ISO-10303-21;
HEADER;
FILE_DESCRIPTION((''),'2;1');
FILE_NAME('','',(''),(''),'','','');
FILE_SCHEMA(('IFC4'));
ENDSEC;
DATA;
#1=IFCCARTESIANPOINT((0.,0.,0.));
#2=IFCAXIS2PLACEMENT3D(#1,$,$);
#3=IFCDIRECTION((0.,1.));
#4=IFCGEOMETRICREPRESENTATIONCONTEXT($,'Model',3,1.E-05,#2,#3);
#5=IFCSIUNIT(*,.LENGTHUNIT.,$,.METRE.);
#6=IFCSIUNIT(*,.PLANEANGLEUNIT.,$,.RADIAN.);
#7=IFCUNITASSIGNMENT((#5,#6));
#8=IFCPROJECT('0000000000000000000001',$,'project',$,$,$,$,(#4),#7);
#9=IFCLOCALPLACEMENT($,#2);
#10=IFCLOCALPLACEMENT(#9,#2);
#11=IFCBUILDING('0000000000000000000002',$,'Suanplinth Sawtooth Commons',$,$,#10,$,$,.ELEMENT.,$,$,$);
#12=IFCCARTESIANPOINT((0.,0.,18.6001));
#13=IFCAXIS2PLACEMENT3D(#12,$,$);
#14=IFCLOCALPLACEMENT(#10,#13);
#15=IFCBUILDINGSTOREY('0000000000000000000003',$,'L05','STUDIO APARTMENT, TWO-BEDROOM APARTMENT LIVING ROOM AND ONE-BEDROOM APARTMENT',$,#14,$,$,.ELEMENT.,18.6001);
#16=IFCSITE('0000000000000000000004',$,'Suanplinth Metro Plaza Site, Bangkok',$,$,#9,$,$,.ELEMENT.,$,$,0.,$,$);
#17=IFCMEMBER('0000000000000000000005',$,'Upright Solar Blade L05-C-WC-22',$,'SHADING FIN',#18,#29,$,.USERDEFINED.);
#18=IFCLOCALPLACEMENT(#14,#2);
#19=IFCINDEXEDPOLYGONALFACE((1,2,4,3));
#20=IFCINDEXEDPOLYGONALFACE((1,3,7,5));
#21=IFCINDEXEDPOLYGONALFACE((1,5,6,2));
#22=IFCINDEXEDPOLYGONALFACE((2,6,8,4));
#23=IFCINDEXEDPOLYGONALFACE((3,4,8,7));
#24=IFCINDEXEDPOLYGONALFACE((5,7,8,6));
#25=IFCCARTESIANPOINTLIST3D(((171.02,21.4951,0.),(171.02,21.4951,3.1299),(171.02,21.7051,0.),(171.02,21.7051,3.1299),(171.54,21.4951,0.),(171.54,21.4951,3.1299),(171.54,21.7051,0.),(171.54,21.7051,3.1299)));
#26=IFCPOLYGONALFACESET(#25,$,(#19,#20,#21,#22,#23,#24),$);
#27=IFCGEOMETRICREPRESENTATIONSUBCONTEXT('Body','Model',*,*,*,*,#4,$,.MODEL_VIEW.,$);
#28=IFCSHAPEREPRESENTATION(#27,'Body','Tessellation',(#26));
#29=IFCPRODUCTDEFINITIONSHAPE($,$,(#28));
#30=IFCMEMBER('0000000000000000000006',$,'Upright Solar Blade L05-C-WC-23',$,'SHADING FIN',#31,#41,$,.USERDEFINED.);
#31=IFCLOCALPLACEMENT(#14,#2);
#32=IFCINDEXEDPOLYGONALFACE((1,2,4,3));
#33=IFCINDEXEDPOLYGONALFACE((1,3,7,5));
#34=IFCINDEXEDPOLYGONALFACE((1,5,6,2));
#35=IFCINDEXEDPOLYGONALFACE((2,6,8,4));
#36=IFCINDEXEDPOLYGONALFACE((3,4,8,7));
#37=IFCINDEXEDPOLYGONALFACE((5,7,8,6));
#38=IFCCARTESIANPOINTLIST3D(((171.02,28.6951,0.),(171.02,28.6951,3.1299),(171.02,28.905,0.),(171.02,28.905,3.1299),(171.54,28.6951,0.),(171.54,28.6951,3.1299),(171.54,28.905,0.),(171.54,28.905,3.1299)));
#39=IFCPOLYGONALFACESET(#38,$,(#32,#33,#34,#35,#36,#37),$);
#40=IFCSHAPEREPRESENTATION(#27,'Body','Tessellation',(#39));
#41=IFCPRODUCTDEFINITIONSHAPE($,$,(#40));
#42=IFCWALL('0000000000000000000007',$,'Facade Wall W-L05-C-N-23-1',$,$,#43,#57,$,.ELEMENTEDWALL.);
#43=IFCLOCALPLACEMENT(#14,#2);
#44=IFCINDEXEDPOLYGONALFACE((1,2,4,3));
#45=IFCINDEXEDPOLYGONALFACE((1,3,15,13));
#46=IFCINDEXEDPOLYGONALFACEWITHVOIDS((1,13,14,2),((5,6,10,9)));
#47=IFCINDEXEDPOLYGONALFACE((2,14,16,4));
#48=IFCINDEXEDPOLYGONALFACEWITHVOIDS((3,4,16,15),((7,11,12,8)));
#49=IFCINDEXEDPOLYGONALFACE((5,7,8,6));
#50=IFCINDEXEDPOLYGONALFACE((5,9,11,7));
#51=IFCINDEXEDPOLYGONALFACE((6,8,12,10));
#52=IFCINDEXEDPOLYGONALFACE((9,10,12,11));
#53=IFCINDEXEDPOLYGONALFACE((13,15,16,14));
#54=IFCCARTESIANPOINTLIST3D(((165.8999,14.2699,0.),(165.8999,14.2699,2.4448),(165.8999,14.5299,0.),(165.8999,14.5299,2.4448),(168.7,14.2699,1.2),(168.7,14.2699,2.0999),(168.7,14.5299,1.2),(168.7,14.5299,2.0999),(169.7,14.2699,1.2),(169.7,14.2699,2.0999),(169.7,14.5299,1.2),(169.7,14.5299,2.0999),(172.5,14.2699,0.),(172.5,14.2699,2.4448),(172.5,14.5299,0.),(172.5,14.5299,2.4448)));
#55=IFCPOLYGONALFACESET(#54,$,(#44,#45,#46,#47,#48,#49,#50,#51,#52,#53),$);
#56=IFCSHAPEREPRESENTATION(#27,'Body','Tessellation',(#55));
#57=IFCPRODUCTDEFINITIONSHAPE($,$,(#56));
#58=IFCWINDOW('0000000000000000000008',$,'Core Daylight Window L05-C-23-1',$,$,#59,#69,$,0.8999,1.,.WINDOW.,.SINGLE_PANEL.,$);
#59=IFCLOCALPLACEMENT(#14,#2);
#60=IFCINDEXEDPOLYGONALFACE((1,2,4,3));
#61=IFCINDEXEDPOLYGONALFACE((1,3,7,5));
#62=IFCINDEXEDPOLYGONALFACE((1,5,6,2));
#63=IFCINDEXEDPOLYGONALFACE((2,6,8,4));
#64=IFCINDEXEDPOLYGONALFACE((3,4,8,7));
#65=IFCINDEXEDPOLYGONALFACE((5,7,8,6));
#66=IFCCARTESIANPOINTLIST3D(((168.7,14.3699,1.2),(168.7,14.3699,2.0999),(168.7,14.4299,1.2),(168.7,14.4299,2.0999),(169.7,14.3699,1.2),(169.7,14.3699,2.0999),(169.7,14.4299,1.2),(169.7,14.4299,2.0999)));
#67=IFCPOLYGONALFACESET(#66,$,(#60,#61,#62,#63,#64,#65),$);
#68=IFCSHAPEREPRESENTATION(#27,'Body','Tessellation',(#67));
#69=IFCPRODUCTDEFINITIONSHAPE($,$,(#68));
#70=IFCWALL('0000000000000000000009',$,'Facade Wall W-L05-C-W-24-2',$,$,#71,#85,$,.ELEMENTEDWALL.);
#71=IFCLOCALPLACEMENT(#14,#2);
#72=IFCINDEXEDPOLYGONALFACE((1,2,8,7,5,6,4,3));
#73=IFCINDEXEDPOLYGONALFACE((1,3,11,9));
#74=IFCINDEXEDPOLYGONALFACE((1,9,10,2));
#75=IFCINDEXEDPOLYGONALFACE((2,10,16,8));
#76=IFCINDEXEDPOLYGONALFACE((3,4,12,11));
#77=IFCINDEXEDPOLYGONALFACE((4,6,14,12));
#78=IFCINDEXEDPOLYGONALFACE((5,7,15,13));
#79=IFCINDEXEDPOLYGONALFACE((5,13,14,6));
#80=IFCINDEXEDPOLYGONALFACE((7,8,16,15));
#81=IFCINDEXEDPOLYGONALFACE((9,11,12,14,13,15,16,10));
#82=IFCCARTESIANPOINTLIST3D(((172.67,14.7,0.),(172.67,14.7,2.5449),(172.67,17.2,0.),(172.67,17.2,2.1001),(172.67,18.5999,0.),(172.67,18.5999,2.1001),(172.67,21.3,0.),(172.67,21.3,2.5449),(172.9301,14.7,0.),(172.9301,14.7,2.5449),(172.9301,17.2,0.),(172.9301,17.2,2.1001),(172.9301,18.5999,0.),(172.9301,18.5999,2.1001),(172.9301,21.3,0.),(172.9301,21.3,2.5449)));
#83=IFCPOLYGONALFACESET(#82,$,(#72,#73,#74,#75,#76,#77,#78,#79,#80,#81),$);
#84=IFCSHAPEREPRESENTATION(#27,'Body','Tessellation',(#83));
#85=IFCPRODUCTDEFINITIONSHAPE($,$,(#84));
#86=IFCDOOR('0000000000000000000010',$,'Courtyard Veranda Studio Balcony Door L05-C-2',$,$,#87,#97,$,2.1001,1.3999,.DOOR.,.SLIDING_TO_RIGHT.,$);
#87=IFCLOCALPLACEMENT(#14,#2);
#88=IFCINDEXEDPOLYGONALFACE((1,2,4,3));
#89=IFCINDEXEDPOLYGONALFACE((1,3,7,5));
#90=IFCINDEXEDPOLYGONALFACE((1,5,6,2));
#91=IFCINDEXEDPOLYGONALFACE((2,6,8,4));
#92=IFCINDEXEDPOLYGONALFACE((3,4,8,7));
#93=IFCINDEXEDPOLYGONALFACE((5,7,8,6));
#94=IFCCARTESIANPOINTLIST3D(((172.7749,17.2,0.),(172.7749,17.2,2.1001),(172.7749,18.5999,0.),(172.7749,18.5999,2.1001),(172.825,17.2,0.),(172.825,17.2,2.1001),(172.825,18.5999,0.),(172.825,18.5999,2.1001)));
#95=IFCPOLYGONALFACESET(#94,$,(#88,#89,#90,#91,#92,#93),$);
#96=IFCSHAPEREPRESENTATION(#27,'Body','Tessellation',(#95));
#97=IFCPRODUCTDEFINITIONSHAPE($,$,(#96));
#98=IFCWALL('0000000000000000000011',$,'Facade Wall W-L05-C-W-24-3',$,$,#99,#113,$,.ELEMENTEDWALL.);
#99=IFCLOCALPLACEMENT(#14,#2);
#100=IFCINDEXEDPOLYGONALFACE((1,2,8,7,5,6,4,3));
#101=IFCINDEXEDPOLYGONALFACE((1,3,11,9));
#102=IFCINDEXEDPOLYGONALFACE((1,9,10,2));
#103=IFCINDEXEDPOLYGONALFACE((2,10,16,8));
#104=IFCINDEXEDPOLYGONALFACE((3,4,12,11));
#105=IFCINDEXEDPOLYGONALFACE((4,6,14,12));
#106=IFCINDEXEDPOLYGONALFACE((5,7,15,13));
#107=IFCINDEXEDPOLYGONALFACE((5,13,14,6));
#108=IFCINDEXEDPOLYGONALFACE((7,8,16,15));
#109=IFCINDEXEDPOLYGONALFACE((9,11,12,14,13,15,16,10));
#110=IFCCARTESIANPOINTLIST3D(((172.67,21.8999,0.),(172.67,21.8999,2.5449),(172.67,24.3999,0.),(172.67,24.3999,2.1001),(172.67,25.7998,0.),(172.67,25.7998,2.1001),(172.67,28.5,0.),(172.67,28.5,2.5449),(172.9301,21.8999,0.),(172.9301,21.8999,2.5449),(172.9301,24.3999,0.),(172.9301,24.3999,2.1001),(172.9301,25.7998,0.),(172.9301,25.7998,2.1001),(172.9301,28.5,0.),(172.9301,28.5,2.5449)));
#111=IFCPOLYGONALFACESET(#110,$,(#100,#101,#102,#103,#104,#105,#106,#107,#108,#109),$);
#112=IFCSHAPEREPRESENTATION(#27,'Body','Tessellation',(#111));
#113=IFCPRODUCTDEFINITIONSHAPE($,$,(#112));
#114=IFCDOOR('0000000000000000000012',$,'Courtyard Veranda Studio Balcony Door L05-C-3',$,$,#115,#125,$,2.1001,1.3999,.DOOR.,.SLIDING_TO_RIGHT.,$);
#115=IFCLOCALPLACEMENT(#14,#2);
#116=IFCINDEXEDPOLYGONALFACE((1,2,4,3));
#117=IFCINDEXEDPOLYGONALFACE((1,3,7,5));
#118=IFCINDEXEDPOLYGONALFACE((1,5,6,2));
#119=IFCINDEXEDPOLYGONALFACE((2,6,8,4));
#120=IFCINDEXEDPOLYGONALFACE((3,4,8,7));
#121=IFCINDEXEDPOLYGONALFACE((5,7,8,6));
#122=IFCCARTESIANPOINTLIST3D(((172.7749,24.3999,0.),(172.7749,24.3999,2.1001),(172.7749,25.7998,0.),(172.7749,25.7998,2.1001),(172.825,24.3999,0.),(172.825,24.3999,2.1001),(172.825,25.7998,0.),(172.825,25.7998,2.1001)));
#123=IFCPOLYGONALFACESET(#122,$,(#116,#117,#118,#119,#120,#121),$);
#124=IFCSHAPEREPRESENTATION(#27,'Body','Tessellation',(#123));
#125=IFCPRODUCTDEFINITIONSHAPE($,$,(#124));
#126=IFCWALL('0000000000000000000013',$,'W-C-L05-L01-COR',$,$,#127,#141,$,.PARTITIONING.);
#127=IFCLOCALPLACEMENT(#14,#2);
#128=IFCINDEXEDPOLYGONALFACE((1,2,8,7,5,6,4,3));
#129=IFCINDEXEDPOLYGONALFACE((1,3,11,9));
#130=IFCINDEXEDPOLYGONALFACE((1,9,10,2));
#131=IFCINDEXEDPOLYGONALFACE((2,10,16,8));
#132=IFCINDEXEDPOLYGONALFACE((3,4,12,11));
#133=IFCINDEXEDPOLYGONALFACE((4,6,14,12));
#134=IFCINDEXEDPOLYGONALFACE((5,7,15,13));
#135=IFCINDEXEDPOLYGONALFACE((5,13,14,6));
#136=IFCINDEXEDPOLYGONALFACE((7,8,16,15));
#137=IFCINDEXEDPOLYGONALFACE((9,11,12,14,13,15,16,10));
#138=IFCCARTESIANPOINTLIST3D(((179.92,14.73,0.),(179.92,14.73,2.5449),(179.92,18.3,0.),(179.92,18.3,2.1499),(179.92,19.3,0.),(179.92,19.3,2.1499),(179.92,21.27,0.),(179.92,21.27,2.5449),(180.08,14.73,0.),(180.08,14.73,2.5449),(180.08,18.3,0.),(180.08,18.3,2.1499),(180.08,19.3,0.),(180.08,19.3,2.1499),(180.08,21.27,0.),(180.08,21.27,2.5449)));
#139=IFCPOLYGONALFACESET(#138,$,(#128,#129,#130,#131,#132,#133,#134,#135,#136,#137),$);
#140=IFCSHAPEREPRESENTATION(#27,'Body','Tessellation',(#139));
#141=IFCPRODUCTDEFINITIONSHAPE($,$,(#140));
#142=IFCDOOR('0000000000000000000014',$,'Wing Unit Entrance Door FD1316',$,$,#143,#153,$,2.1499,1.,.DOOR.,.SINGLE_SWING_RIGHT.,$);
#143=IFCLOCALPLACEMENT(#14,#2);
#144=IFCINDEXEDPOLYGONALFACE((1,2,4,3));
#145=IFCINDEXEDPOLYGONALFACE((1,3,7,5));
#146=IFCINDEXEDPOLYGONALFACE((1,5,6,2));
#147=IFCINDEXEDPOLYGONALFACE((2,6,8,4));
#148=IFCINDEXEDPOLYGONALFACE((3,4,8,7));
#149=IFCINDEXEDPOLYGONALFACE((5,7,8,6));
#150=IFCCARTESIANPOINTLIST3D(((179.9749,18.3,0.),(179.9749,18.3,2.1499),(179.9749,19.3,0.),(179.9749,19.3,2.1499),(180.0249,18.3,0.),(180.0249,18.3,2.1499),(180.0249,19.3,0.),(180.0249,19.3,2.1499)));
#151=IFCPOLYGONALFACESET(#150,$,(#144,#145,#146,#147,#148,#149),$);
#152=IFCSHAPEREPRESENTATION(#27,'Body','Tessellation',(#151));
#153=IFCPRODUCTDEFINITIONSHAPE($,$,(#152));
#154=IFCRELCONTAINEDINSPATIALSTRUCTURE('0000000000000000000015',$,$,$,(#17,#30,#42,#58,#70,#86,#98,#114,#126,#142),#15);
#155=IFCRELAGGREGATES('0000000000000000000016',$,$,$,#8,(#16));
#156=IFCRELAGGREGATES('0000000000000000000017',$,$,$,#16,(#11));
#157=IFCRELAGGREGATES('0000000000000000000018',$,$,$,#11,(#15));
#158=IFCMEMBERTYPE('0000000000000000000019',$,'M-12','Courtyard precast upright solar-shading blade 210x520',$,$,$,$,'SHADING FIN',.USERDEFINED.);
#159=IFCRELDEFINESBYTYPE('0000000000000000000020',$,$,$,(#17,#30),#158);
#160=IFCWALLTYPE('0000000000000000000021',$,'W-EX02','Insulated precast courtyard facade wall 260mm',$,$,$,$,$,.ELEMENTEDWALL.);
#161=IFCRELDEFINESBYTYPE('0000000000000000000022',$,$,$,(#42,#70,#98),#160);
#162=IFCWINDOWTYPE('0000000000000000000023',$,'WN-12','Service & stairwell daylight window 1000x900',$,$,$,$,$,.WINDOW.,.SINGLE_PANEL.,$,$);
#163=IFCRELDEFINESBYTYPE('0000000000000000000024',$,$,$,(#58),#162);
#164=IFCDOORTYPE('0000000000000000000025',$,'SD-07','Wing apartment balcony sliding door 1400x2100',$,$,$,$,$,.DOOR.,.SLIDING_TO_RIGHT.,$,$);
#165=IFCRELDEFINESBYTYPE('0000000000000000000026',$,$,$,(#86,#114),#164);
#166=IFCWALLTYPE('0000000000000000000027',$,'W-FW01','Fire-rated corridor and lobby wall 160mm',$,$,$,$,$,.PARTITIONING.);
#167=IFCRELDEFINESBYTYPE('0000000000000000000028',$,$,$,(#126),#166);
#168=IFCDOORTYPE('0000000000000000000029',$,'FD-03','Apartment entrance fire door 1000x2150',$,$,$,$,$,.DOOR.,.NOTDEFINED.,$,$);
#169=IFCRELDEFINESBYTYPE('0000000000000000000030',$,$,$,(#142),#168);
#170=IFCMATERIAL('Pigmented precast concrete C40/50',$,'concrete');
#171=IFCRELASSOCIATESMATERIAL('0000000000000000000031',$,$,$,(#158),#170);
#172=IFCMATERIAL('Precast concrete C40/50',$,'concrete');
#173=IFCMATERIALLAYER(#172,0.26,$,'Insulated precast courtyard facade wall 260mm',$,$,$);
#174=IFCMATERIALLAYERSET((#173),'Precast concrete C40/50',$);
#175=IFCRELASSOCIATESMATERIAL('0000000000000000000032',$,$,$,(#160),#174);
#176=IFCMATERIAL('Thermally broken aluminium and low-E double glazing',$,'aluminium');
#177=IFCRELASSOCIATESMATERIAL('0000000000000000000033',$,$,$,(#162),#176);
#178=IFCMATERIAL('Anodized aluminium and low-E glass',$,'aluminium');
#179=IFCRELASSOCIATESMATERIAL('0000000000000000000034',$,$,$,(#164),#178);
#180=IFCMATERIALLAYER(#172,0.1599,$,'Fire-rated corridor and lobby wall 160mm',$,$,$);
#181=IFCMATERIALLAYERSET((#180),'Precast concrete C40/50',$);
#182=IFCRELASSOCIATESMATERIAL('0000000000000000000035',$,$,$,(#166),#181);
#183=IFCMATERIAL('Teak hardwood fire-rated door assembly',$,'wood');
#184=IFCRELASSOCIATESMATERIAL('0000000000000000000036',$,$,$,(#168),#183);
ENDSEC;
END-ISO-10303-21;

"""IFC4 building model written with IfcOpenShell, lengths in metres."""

from ifc_helpers import new_model, si_unit, direction, frame, frame_2d, origin, origin_2d, place, context, subcontext, project, spatial, rectangle, extrude, material, layer, layer_set, material_profile, profile_set, type_object, element, fill, save


model = new_model("IFC4")

# Units and contexts
model_context = context("Model", 3, precision=1e-05, world=origin(), true_north=direction((0.0, 1.0)))
body_context = subcontext(model_context, "Body", "Model", "MODEL_VIEW")
ifc_project = project(units=[si_unit("LENGTHUNIT", "METRE"), si_unit("PLANEANGLEUNIT", "RADIAN")], contexts=[model_context])

# Site, building, storey
site_placement = place(None, origin())
site = spatial("IfcSite", under=ifc_project, at=site_placement, Name="Suanplinth Metro Plaza Site, Bangkok", CompositionType="ELEMENT", RefElevation=0.0)
building_placement = place(site_placement, origin())
building = spatial("IfcBuilding", under=site, at=building_placement, Name="Suanplinth Sawtooth Commons", CompositionType="ELEMENT")
storey_placement = place(building_placement, frame((0.0, 0.0, 18.6001)))
storey = spatial("IfcBuildingStorey", under=building, at=storey_placement, Name="L05", Description="STUDIO APARTMENT, TWO-BEDROOM APARTMENT LIVING ROOM AND ONE-BEDROOM APARTMENT", CompositionType="ELEMENT", Elevation=18.6001)

# Shared definitions
ifc_material_1 = material(Name="Precast concrete C40/50", Category="concrete")

# Members
ifc_material_2 = material(Name="Pigmented precast concrete C40/50", Category="concrete")
ifc_material_profile_1 = material_profile(ifc_material_2, rectangle(XDim=0.21, YDim=0.52, at=origin_2d()), Name="PC-FIN 210x520")
ifc_profile_set_1 = profile_set([ifc_material_profile_1], Name="Pigmented precast concrete C40/50")
member_type = type_object("IfcMemberType", Name="M-12", Description="Courtyard precast upright solar-shading blade 210x520", ElementType="SHADING FIN", PredefinedType="USERDEFINED", material=ifc_profile_set_1)
for number, where, z_axis, x_axis, name in (
    (1, (171.28, 21.6001, 0.0), (0.0, 0.0, 1.0), (0.0, 1.0, 0.0), "Upright Solar Blade L05-C-WC-22"),
    (2, (171.28, 28.8, 0.0), (0.0, 0.0, 1.0), (0.0, 1.0, 0.0), "Upright Solar Blade L05-C-WC-23"),
):
    element("IfcMember", number, at=place(storey_placement, frame(where, z_axis=z_axis, x_axis=x_axis)), inside=storey, type_object=member_type, Name=name, ObjectType="SHADING FIN", PredefinedType="USERDEFINED", context=body_context, shape_type="SweptSolid", body=[
        extrude(rectangle(XDim=0.21, YDim=0.52, at=origin_2d()), origin(), (0.0, 0.0, 1.0), 3.1299),
    ])

# Wall, opening, window
ifc_layer_1 = layer(ifc_material_1, 0.26, Name="Insulated precast courtyard facade wall 260mm")
ifc_layer_set_1 = layer_set([ifc_layer_1], Name="Precast concrete C40/50")
wall_type_1 = type_object("IfcWallType", Name="W-EX02", Description="Insulated precast courtyard facade wall 260mm", PredefinedType="ELEMENTEDWALL", material=ifc_layer_set_1)
wall_1_placement = place(storey_placement, frame((165.8999, 14.3999, 0.0), z_axis=(0.0, 0.0, 1.0), x_axis=(1.0, 0.0, 0.0)))
wall_1 = element("IfcWall", 3, at=wall_1_placement, inside=storey, type_object=wall_type_1, Name="Facade Wall W-L05-C-N-23-1", PredefinedType="ELEMENTEDWALL", context=body_context, shape_type="SweptSolid", body=[
    extrude(rectangle(XDim=6.6001, YDim=0.26, at=frame_2d((3.3, 0.0))), origin(), (0.0, 0.0, 1.0), 2.4448),
])
opening_1_placement = place(wall_1_placement, frame((2.8, 0.0, 1.2)))
opening_1 = element("IfcOpeningElement", 4, at=opening_1_placement, cuts=wall_1, PredefinedType="OPENING", context=body_context, shape_type="SweptSolid", body=[
    extrude(rectangle(XDim=1.0, YDim=0.8999, at=frame_2d((0.5, 0.45))), frame((0.0, 0.145, 0.0), z_axis=(0.0, -1.0, 0.0), x_axis=(1.0, 0.0, 0.0)), (0.0, 0.0, 1.0), 0.2898),
])
ifc_material_3 = material(Name="Thermally broken aluminium and low-E double glazing", Category="aluminium")
window_type = type_object("IfcWindowType", Name="WN-12", Description="Service & stairwell daylight window 1000x900", PartitioningType="SINGLE_PANEL", PredefinedType="WINDOW", material=ifc_material_3)
window_placement = place(opening_1_placement, origin())
window = element("IfcWindow", 5, at=window_placement, inside=storey, type_object=window_type, Name="Core Daylight Window L05-C-23-1", OverallHeight=0.8999, OverallWidth=1.0, PartitioningType="SINGLE_PANEL", PredefinedType="WINDOW", context=body_context, shape_type="SweptSolid", body=[
    extrude(rectangle(XDim=1.0, YDim=0.8999, at=frame_2d((0.5, 0.45))), frame((0.0, 0.03, 0.0), z_axis=(0.0, -1.0, 0.0), x_axis=(1.0, 0.0, 0.0)), (0.0, 0.0, 1.0), 0.0601),
])
fill(opening_1, window)

# Walls, openings, doors
wall_2_placement = place(storey_placement, frame((172.8, 14.7, 0.0), z_axis=(0.0, 0.0, 1.0), x_axis=(0.0, 1.0, 0.0)))
wall_2 = element("IfcWall", 6, at=wall_2_placement, inside=storey, type_object=wall_type_1, Name="Facade Wall W-L05-C-W-24-2", PredefinedType="ELEMENTEDWALL", context=body_context, shape_type="SweptSolid", body=[
    extrude(rectangle(XDim=6.6001, YDim=0.26, at=frame_2d((3.3, 0.0))), origin(), (0.0, 0.0, 1.0), 2.5449),
])
opening_2_placement = place(wall_2_placement, frame((2.5, 0.0, 0.0)))
opening_2 = element("IfcOpeningElement", 7, at=opening_2_placement, cuts=wall_2, PredefinedType="OPENING", context=body_context, shape_type="SweptSolid", body=[
    extrude(rectangle(XDim=1.3999, YDim=2.1001, at=frame_2d((0.7, 1.05))), frame((0.0, 0.145, 0.0), z_axis=(0.0, -1.0, 0.0), x_axis=(1.0, 0.0, 0.0)), (0.0, 0.0, 1.0), 0.2898),
])
ifc_material_4 = material(Name="Anodized aluminium and low-E glass", Category="aluminium")
door_type_1 = type_object("IfcDoorType", Name="SD-07", Description="Wing apartment balcony sliding door 1400x2100", OperationType="SLIDING_TO_RIGHT", PredefinedType="DOOR", material=ifc_material_4)
door_1_placement = place(opening_2_placement, frame((1.3999, 0.0, 0.0), z_axis=(0.0, 0.0, 1.0), x_axis=(-1.0, 0.0, 0.0)))
door_1 = element("IfcDoor", 8, at=door_1_placement, inside=storey, type_object=door_type_1, Name="Courtyard Veranda Studio Balcony Door L05-C-2", OperationType="SLIDING_TO_RIGHT", OverallHeight=2.1001, OverallWidth=1.3999, PredefinedType="DOOR", context=body_context, shape_type="SweptSolid", body=[
    extrude(rectangle(XDim=1.3999, YDim=2.1001, at=frame_2d((0.7, 1.05))), frame((0.0, 0.0249, 0.0), z_axis=(0.0, -1.0, 0.0), x_axis=(1.0, 0.0, 0.0)), (0.0, 0.0, 1.0), 0.05),
])
fill(opening_2, door_1)
wall_3_placement = place(storey_placement, frame((172.8, 21.8999, 0.0), z_axis=(0.0, 0.0, 1.0), x_axis=(0.0, 1.0, 0.0)))
wall_3 = element("IfcWall", 9, at=wall_3_placement, inside=storey, type_object=wall_type_1, Name="Facade Wall W-L05-C-W-24-3", PredefinedType="ELEMENTEDWALL", context=body_context, shape_type="SweptSolid", body=[
    extrude(rectangle(XDim=6.6001, YDim=0.26, at=frame_2d((3.3, 0.0))), origin(), (0.0, 0.0, 1.0), 2.5449),
])
opening_3_placement = place(wall_3_placement, frame((2.5, 0.0, 0.0)))
opening_3 = element("IfcOpeningElement", 10, at=opening_3_placement, cuts=wall_3, PredefinedType="OPENING", context=body_context, shape_type="SweptSolid", body=[
    extrude(rectangle(XDim=1.3999, YDim=2.1001, at=frame_2d((0.7, 1.05))), frame((0.0, 0.145, 0.0), z_axis=(0.0, -1.0, 0.0), x_axis=(1.0, 0.0, 0.0)), (0.0, 0.0, 1.0), 0.2898),
])
door_2_placement = place(opening_3_placement, frame((1.3999, 0.0, 0.0), z_axis=(0.0, 0.0, 1.0), x_axis=(-1.0, 0.0, 0.0)))
door_2 = element("IfcDoor", 11, at=door_2_placement, inside=storey, type_object=door_type_1, Name="Courtyard Veranda Studio Balcony Door L05-C-3", OperationType="SLIDING_TO_RIGHT", OverallHeight=2.1001, OverallWidth=1.3999, PredefinedType="DOOR", context=body_context, shape_type="SweptSolid", body=[
    extrude(rectangle(XDim=1.3999, YDim=2.1001, at=frame_2d((0.7, 1.05))), frame((0.0, 0.0249, 0.0), z_axis=(0.0, -1.0, 0.0), x_axis=(1.0, 0.0, 0.0)), (0.0, 0.0, 1.0), 0.05),
])
fill(opening_3, door_2)
ifc_layer_2 = layer(ifc_material_1, 0.1599, Name="Fire-rated corridor and lobby wall 160mm")
ifc_layer_set_2 = layer_set([ifc_layer_2], Name="Precast concrete C40/50")
wall_type_2 = type_object("IfcWallType", Name="W-FW01", Description="Fire-rated corridor and lobby wall 160mm", PredefinedType="PARTITIONING", material=ifc_layer_set_2)
wall_4_placement = place(storey_placement, frame((180.0, 14.73, 0.0), z_axis=(0.0, 0.0, 1.0), x_axis=(0.0, 1.0, 0.0)))
wall_4 = element("IfcWall", 12, at=wall_4_placement, inside=storey, type_object=wall_type_2, Name="W-C-L05-L01-COR", PredefinedType="PARTITIONING", context=body_context, shape_type="SweptSolid", body=[
    extrude(rectangle(XDim=6.54, YDim=0.1599, at=frame_2d((3.27, 0.0))), origin(), (0.0, 0.0, 1.0), 2.5449),
])
opening_4_placement = place(wall_4_placement, frame((3.5701, 0.0, 0.0)))
opening_4 = element("IfcOpeningElement", 13, at=opening_4_placement, cuts=wall_4, PredefinedType="OPENING", context=body_context, shape_type="SweptSolid", body=[
    extrude(rectangle(XDim=1.0, YDim=2.1499, at=frame_2d((0.5, 1.075))), frame((0.0, 0.0947, 0.0), z_axis=(0.0, -1.0, 0.0), x_axis=(1.0, 0.0, 0.0)), (0.0, 0.0, 1.0), 0.1897),
])
ifc_material_5 = material(Name="Teak hardwood fire-rated door assembly", Category="wood")
door_type_2 = type_object("IfcDoorType", Name="FD-03", Description="Apartment entrance fire door 1000x2150", OperationType="NOTDEFINED", PredefinedType="DOOR", material=ifc_material_5)
door_3_placement = place(opening_4_placement, frame((1.0, 0.0, 0.0), z_axis=(0.0, 0.0, 1.0), x_axis=(-1.0, 0.0, 0.0)))
door_3 = element("IfcDoor", 14, at=door_3_placement, inside=storey, type_object=door_type_2, Name="Wing Unit Entrance Door FD1316", OperationType="SINGLE_SWING_RIGHT", OverallHeight=2.1499, OverallWidth=1.0, PredefinedType="DOOR", context=body_context, shape_type="SweptSolid", body=[
    extrude(rectangle(XDim=1.0, YDim=2.1499, at=frame_2d((0.5, 1.075))), frame((0.0, 0.0249, 0.0), z_axis=(0.0, -1.0, 0.0), x_axis=(1.0, 0.0, 0.0)), (0.0, 0.0, 1.0), 0.05),
])
fill(opening_4, door_3)

save(model, "model.ifc")
